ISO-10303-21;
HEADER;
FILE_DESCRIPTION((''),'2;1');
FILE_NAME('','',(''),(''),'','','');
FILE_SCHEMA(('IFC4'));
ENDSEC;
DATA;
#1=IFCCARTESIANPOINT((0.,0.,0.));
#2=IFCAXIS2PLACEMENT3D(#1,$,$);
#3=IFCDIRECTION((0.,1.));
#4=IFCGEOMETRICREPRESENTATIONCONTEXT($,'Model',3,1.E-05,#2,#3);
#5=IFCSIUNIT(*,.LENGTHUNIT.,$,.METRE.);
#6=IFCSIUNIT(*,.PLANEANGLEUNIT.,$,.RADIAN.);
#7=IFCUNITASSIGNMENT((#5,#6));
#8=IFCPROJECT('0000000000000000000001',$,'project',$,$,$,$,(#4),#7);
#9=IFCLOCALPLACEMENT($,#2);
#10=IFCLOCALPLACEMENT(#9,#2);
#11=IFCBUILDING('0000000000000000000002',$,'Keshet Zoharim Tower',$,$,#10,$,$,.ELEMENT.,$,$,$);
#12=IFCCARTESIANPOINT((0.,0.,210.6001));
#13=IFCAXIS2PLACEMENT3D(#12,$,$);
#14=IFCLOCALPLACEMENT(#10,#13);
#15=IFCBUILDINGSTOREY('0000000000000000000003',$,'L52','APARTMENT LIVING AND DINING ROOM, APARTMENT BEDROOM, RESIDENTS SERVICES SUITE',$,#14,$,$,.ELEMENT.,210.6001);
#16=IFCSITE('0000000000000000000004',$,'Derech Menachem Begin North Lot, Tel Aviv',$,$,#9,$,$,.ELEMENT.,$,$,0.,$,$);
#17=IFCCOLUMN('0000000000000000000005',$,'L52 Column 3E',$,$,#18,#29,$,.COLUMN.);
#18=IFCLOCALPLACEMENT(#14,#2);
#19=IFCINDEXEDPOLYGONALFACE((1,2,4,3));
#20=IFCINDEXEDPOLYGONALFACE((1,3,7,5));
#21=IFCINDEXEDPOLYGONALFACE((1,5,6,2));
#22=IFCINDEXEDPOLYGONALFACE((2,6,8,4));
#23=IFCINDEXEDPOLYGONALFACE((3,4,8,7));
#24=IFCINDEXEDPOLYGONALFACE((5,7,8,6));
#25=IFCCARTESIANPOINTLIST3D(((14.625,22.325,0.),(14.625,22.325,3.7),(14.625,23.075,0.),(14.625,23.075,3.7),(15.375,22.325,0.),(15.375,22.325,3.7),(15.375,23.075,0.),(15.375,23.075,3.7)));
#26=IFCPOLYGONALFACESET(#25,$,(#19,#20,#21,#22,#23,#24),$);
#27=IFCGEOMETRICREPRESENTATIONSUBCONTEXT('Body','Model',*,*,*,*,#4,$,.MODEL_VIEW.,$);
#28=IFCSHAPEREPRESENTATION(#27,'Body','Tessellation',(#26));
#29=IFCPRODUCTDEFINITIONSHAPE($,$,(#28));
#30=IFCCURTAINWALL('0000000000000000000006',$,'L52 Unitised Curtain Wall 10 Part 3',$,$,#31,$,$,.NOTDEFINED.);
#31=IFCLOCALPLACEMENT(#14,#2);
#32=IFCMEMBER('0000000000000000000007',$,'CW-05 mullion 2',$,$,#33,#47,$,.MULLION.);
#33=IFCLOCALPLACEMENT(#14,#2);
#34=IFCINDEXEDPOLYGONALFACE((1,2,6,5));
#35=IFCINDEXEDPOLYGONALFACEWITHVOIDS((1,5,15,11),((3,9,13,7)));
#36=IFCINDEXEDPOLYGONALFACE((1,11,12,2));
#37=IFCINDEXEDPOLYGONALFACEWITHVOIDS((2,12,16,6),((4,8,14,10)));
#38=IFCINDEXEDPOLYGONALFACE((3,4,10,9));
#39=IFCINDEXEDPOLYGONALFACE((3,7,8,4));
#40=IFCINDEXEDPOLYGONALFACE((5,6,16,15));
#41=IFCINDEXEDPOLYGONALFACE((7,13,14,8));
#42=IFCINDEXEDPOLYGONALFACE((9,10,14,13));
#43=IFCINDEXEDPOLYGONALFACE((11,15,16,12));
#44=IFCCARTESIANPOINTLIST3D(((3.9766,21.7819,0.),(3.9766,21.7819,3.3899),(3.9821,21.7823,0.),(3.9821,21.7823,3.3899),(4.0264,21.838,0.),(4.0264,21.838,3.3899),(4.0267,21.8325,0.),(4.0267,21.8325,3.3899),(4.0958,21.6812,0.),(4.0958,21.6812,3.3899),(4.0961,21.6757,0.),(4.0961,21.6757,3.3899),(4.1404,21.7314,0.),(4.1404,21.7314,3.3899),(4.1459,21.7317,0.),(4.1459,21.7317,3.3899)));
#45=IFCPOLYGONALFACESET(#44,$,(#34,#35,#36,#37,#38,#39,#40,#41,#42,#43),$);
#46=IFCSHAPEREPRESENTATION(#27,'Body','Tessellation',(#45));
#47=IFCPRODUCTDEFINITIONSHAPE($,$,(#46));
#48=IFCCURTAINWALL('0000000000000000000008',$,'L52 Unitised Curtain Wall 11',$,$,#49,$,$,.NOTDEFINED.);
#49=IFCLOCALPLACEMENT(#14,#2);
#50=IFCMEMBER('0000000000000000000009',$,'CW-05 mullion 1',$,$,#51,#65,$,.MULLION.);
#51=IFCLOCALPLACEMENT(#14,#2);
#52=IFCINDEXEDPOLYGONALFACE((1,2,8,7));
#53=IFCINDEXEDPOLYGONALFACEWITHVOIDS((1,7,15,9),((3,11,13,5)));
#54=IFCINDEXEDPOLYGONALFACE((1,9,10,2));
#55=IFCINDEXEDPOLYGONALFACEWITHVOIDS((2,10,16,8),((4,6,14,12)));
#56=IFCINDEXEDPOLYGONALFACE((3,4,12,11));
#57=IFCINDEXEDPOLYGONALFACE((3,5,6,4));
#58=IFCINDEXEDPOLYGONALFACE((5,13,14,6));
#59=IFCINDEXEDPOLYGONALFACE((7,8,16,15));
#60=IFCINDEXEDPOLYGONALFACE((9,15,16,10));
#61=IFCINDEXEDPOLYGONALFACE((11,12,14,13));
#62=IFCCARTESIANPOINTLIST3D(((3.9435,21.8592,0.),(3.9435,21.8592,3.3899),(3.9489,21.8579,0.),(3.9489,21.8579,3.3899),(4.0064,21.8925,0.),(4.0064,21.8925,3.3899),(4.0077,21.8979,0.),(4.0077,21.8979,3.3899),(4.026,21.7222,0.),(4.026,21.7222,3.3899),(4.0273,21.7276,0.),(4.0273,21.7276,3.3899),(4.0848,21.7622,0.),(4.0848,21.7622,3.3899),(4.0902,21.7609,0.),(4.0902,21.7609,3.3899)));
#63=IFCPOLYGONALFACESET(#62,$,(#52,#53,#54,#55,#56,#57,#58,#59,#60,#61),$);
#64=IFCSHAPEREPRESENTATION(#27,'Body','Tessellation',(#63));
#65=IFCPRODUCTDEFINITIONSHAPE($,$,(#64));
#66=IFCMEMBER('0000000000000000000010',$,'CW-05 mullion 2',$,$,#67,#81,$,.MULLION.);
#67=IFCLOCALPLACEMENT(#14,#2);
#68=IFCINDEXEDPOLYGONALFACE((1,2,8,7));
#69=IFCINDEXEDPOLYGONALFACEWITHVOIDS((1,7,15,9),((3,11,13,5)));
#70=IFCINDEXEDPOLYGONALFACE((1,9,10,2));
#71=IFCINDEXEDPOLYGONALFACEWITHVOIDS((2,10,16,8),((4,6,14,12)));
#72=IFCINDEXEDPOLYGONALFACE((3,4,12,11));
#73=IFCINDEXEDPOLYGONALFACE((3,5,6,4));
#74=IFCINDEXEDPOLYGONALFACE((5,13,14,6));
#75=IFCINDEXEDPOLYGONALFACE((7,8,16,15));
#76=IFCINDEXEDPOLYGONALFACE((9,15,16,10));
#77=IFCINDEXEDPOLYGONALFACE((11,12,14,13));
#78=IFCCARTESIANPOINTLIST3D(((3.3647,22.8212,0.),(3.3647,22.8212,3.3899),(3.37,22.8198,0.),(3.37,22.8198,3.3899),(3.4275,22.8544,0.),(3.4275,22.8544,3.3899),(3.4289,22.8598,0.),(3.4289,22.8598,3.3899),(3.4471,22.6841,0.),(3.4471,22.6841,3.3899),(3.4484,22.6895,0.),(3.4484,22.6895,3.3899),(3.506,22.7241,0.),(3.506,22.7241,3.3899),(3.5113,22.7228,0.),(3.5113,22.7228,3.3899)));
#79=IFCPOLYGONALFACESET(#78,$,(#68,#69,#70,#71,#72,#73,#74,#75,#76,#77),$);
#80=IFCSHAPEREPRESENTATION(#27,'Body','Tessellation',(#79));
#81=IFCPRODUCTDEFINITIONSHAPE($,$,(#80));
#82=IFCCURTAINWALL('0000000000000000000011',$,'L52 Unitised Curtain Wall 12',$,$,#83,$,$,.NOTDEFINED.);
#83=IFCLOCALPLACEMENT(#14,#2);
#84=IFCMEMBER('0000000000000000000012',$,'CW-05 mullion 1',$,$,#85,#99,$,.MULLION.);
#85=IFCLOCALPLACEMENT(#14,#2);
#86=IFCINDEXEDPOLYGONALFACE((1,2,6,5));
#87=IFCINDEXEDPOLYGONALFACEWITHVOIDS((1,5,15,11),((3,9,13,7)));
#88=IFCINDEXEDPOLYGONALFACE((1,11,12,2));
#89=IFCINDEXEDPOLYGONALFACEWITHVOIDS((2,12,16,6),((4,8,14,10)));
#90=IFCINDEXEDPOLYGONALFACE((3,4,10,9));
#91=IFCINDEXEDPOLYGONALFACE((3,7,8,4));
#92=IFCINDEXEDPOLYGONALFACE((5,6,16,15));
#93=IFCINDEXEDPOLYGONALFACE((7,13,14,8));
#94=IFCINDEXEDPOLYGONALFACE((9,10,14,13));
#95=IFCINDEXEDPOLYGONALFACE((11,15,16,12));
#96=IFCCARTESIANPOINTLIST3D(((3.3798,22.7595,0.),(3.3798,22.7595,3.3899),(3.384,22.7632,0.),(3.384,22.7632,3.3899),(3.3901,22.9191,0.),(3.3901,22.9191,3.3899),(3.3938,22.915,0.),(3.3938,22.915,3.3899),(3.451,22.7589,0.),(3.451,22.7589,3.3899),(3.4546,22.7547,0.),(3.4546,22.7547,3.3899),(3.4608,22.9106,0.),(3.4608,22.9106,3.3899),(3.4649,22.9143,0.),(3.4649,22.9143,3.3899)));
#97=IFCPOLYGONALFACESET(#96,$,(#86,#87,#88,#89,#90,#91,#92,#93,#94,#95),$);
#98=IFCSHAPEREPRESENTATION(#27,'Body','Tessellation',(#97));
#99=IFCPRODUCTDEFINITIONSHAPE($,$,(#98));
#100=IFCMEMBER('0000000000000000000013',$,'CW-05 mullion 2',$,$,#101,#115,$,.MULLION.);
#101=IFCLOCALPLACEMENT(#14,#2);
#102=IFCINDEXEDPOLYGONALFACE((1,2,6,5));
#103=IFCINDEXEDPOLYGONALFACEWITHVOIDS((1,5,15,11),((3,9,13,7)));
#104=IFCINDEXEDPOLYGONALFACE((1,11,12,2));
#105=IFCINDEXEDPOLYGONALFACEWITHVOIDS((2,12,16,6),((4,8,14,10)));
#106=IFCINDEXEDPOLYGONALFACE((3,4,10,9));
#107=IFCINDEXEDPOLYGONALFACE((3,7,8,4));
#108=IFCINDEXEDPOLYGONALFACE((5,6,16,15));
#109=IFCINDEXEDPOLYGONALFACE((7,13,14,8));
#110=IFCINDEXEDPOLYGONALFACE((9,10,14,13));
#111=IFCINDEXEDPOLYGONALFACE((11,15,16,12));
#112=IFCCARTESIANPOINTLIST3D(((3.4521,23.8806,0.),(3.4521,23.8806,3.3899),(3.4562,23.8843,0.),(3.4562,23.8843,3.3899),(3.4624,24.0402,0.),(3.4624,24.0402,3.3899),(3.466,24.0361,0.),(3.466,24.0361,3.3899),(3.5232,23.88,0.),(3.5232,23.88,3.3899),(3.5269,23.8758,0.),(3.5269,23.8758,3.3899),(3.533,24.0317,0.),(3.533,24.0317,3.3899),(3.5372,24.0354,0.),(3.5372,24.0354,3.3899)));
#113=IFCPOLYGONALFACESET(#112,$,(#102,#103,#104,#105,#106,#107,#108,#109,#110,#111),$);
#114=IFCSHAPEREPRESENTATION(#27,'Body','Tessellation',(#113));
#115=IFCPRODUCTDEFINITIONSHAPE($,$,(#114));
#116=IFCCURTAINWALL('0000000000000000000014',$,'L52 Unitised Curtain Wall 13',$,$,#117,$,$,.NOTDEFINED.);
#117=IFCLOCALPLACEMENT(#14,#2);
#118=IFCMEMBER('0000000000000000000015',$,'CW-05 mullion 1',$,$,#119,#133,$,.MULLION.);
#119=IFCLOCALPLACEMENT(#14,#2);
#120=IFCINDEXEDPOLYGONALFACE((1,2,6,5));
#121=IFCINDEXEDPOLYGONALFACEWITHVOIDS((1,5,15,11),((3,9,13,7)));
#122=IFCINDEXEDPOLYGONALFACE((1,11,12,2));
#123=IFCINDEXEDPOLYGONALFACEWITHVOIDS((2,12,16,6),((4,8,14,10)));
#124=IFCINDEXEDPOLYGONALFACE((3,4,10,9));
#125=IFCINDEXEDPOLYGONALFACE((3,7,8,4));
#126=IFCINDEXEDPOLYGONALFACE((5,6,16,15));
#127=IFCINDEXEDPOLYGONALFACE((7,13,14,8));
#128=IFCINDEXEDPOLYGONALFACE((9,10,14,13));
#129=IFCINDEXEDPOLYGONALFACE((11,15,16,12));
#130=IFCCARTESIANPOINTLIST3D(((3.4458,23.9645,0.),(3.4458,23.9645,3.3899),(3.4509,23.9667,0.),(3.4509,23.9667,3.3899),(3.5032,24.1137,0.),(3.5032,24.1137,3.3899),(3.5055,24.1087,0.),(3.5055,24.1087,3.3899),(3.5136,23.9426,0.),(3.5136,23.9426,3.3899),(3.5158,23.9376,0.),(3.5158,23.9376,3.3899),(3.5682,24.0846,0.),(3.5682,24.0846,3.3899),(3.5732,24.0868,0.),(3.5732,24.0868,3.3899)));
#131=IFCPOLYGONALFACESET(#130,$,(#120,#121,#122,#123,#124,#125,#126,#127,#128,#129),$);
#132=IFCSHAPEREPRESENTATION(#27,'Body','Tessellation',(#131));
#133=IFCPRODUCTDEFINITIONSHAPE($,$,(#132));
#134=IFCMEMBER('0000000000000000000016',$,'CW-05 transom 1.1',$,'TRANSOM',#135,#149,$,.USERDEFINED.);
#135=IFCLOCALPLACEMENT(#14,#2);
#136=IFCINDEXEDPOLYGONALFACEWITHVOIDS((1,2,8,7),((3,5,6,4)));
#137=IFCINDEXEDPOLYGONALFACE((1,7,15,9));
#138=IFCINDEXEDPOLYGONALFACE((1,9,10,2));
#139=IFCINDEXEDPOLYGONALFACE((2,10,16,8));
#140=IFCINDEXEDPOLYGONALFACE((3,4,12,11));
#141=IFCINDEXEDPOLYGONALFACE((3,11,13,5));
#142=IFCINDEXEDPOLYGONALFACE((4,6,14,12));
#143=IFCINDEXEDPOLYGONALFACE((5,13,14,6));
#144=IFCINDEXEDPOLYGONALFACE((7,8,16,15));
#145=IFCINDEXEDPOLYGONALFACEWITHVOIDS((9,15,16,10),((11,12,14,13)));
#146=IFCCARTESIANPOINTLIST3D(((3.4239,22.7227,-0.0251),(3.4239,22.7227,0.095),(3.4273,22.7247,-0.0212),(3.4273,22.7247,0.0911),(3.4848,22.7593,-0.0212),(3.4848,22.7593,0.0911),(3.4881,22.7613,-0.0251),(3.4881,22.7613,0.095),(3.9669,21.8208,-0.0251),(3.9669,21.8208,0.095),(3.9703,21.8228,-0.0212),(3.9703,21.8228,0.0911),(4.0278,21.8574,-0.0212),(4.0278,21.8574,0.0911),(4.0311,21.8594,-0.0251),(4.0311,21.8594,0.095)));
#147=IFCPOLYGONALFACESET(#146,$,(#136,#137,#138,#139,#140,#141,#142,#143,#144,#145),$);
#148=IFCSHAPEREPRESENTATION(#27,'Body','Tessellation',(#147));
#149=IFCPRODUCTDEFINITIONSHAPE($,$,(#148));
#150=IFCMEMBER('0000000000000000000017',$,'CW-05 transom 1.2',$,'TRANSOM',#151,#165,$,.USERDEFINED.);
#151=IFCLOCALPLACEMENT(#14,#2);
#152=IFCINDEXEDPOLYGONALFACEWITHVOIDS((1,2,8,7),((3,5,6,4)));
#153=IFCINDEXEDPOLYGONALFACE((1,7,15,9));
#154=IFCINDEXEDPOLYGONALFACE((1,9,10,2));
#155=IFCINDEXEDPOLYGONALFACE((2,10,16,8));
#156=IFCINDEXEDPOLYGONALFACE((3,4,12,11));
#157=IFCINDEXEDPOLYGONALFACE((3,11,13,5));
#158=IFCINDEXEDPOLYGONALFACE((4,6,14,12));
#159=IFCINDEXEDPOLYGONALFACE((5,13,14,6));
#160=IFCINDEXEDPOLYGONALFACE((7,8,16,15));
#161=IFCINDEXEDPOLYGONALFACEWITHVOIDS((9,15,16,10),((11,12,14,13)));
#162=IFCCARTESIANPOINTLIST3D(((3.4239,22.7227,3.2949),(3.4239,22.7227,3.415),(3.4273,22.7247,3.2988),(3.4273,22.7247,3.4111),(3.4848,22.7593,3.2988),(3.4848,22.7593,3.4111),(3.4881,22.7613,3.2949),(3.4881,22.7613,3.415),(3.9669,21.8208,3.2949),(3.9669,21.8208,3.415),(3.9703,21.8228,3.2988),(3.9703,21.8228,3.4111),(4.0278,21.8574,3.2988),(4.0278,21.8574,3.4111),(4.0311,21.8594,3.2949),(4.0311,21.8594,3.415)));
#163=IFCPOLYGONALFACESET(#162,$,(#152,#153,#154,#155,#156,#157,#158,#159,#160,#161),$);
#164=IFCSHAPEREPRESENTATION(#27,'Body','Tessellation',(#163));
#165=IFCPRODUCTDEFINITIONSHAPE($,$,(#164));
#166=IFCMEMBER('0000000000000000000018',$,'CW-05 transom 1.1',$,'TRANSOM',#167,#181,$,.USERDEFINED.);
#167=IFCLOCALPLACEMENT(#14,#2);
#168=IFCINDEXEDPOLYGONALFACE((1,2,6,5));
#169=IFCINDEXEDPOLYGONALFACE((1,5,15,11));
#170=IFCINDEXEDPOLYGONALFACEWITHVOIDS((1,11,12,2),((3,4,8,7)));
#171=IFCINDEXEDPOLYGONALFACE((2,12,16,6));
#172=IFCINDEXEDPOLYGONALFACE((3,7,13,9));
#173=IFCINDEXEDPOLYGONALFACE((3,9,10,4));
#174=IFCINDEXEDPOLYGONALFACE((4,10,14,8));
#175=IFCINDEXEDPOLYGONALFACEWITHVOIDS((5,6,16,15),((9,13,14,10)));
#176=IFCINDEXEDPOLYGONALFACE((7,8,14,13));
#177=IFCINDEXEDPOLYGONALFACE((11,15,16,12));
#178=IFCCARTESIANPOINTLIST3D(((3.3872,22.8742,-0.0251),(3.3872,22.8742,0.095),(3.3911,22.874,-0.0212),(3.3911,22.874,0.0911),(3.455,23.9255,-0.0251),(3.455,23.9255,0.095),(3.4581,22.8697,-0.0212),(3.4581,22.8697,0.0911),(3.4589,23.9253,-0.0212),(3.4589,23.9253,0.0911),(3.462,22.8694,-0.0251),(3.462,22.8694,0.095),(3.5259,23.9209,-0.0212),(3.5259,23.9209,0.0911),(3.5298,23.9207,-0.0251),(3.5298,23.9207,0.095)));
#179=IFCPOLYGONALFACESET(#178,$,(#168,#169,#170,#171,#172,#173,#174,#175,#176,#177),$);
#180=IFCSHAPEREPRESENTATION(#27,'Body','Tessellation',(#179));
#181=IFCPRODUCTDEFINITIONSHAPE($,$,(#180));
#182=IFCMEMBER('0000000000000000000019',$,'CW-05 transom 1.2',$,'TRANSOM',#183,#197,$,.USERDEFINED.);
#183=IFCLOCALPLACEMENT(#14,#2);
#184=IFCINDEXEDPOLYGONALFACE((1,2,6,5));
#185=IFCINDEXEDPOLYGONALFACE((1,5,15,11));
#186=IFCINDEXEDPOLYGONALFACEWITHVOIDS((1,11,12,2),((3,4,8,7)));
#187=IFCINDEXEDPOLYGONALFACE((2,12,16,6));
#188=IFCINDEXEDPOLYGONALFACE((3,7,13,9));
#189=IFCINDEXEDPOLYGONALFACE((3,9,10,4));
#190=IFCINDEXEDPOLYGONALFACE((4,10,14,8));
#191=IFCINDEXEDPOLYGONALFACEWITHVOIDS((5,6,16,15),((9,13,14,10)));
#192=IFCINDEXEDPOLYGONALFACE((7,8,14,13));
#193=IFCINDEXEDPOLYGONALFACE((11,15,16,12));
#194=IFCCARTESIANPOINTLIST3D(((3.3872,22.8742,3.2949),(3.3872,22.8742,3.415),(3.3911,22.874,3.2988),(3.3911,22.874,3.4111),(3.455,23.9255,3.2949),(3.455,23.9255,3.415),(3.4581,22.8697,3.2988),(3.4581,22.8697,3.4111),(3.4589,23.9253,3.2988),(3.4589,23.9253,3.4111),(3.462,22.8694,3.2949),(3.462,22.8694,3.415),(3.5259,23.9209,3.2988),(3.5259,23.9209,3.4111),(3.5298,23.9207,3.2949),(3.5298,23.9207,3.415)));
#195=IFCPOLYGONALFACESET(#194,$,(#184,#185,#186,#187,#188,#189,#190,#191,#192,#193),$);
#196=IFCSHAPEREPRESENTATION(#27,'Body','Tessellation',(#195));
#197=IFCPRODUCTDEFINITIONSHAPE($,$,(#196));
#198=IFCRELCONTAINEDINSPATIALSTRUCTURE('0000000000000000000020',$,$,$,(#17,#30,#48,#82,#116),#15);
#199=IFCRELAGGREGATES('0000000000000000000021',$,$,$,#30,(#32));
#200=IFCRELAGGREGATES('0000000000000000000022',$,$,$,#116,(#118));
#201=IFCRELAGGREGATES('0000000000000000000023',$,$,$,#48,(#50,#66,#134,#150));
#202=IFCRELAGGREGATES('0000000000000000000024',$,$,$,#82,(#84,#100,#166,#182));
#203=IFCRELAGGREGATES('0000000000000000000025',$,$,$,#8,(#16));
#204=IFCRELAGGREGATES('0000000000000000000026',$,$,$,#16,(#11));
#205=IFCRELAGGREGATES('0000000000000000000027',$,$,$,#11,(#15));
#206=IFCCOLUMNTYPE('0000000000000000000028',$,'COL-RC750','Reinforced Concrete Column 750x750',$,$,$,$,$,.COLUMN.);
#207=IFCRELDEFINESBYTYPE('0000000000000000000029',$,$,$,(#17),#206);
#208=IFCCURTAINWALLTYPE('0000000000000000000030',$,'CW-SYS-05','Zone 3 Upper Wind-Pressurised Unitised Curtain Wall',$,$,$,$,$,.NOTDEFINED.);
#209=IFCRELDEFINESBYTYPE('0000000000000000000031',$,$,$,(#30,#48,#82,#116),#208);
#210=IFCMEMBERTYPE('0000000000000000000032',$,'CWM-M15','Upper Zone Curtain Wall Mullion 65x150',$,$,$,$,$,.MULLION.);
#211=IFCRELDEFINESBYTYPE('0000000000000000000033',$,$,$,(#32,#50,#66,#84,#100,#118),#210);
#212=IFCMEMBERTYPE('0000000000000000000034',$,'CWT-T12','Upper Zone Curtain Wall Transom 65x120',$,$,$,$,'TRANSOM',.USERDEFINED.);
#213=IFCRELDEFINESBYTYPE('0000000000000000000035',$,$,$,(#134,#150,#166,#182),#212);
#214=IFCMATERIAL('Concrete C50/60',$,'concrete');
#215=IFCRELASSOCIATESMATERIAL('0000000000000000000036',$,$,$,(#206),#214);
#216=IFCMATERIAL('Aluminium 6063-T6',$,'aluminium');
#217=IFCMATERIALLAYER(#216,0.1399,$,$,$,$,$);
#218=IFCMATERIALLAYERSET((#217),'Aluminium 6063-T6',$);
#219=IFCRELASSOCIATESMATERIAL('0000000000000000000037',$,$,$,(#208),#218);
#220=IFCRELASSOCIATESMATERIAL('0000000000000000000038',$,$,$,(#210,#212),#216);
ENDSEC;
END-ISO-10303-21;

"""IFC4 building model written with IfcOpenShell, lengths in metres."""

from ifc_helpers import new_model, si_unit, direction, frame, origin, origin_2d, place, context, subcontext, project, spatial, rectangle, hollow_rectangle, extrude, material, layer, layer_set, material_profile, profile_set, type_object, element, aggregate, save


model = new_model("IFC4")

# Units and contexts
model_context = context("Model", 3, precision=1e-05, world=origin(), true_north=direction((0.0, 1.0)))
body_context = subcontext(model_context, "Body", "Model", "MODEL_VIEW")
ifc_project = project(units=[si_unit("LENGTHUNIT", "METRE"), si_unit("PLANEANGLEUNIT", "RADIAN")], contexts=[model_context])

# Site, building, storey
site_placement = place(None, origin())
site = spatial("IfcSite", under=ifc_project, at=site_placement, Name="Derech Menachem Begin North Lot, Tel Aviv", CompositionType="ELEMENT", RefElevation=0.0)
building_placement = place(site_placement, origin())
building = spatial("IfcBuilding", under=site, at=building_placement, Name="Keshet Zoharim Tower", CompositionType="ELEMENT")
storey_placement = place(building_placement, frame((0.0, 0.0, 210.6001)))
storey = spatial("IfcBuildingStorey", under=building, at=storey_placement, Name="L52", Description="APARTMENT LIVING AND DINING ROOM, APARTMENT BEDROOM, RESIDENTS SERVICES SUITE", CompositionType="ELEMENT", Elevation=210.6001)

# Column
ifc_material_1 = material(Name="Concrete C50/60", Category="concrete")
ifc_material_profile_1 = material_profile(ifc_material_1, rectangle(XDim=0.75, YDim=0.75, at=origin_2d()), Name="RC750x750")
ifc_profile_set_1 = profile_set([ifc_material_profile_1], Name="Concrete C50/60")
column_type = type_object("IfcColumnType", Name="COL-RC750", Description="Reinforced Concrete Column 750x750", PredefinedType="COLUMN", material=ifc_profile_set_1)
column_placement = place(storey_placement, frame((15.0, 22.7, 0.0), z_axis=(0.0, 0.0, 1.0), x_axis=(1.0, 0.0, 0.0)))
element("IfcColumn", 1, at=column_placement, inside=storey, type_object=column_type, Name="L52 Column 3E", PredefinedType="COLUMN", context=body_context, shape_type="SweptSolid", body=[
    extrude(rectangle(XDim=0.75, YDim=0.75, at=origin_2d()), origin(), (0.0, 0.0, 1.0), 3.7),
])

# Curtain wall, member
ifc_material_2 = material(Name="Aluminium 6063-T6", Category="aluminium")
ifc_layer_1 = layer(ifc_material_2, 0.1399)
ifc_layer_set_1 = layer_set([ifc_layer_1], Name="Aluminium 6063-T6")
curtain_wall_type = type_object("IfcCurtainWallType", Name="CW-SYS-05", Description="Zone 3 Upper Wind-Pressurised Unitised Curtain Wall", PredefinedType="NOTDEFINED", material=ifc_layer_set_1)
curtain_wall_1_placement = place(storey_placement, origin())
curtain_wall_1 = element("IfcCurtainWall", 2, at=curtain_wall_1_placement, inside=storey, type_object=curtain_wall_type, Name="L52 Unitised Curtain Wall 10 Part 3", PredefinedType="NOTDEFINED")
ifc_material_profile_2 = material_profile(ifc_material_2, hollow_rectangle(XDim=0.075, YDim=0.1599, WallThickness=0.0039, at=origin_2d()), Name="MUL-75x160")
ifc_profile_set_2 = profile_set([ifc_material_profile_2], Name="Aluminium 6063-T6")
member_type_1 = type_object("IfcMemberType", Name="CWM-M15", Description="Upper Zone Curtain Wall Mullion 65x150", PredefinedType="MULLION", material=ifc_profile_set_2)
member_1_placement = place(storey_placement, frame((4.0613, 21.7568, 0.0), z_axis=(0.0, 0.0, 1.0), x_axis=(-0.664367, -0.747407, 0.0)))
member_1 = element("IfcMember", 3, at=member_1_placement, type_object=member_type_1, Name="CW-05 mullion 2", PredefinedType="MULLION", context=body_context, shape_type="SweptSolid", body=[
    extrude(hollow_rectangle(XDim=0.075, YDim=0.1599, WallThickness=0.0039, at=origin_2d()), origin(), (0.0, 0.0, 1.0), 3.3899),
])
aggregate(curtain_wall_1, [member_1])

# Curtain walls, members
curtain_wall_2_placement = place(storey_placement, origin())
curtain_wall_2 = element("IfcCurtainWall", 4, at=curtain_wall_2_placement, inside=storey, type_object=curtain_wall_type, Name="L52 Unitised Curtain Wall 11", PredefinedType="NOTDEFINED")
member_2_placement = place(storey_placement, frame((4.0168, 21.8101, 0.0), z_axis=(0.0, 0.0, 1.0), x_axis=(-0.856826, -0.515605, 0.0)))
member_2 = element("IfcMember", 5, at=member_2_placement, type_object=member_type_1, Name="CW-05 mullion 1", PredefinedType="MULLION", context=body_context, shape_type="SweptSolid", body=[
    extrude(hollow_rectangle(XDim=0.075, YDim=0.1599, WallThickness=0.0039, at=origin_2d()), origin(), (0.0, 0.0, 1.0), 3.3899),
])
member_3_placement = place(storey_placement, frame((3.438, 22.772, 0.0), z_axis=(0.0, 0.0, 1.0), x_axis=(-0.856826, -0.515605, 0.0)))
member_3 = element("IfcMember", 6, at=member_3_placement, type_object=member_type_1, Name="CW-05 mullion 2", PredefinedType="MULLION", context=body_context, shape_type="SweptSolid", body=[
    extrude(hollow_rectangle(XDim=0.075, YDim=0.1599, WallThickness=0.0039, at=origin_2d()), origin(), (0.0, 0.0, 1.0), 3.3899),
])
curtain_wall_3_placement = place(storey_placement, origin())
curtain_wall_3 = element("IfcCurtainWall", 7, at=curtain_wall_3_placement, inside=storey, type_object=curtain_wall_type, Name="L52 Unitised Curtain Wall 12", PredefinedType="NOTDEFINED")
member_4_placement = place(storey_placement, frame((3.4224, 22.8369, 0.0), z_axis=(0.0, 0.0, 1.0), x_axis=(-0.997917, 0.064517, 0.0)))
member_4 = element("IfcMember", 8, at=member_4_placement, type_object=member_type_1, Name="CW-05 mullion 1", PredefinedType="MULLION", context=body_context, shape_type="SweptSolid", body=[
    extrude(hollow_rectangle(XDim=0.075, YDim=0.1599, WallThickness=0.0039, at=origin_2d()), origin(), (0.0, 0.0, 1.0), 3.3899),
])
member_5_placement = place(storey_placement, frame((3.4946, 23.958, 0.0), z_axis=(0.0, 0.0, 1.0), x_axis=(-0.997917, 0.064517, 0.0)))
member_5 = element("IfcMember", 9, at=member_5_placement, type_object=member_type_1, Name="CW-05 mullion 2", PredefinedType="MULLION", context=body_context, shape_type="SweptSolid", body=[
    extrude(hollow_rectangle(XDim=0.075, YDim=0.1599, WallThickness=0.0039, at=origin_2d()), origin(), (0.0, 0.0, 1.0), 3.3899),
])

# Curtain wall, member
curtain_wall_4_placement = place(storey_placement, origin())
curtain_wall_4 = element("IfcCurtainWall", 10, at=curtain_wall_4_placement, inside=storey, type_object=curtain_wall_type, Name="L52 Unitised Curtain Wall 13", PredefinedType="NOTDEFINED")
member_6_placement = place(storey_placement, frame((3.5095, 24.0256, 0.0), z_axis=(0.0, 0.0, 1.0), x_axis=(-0.933341, 0.35899, 0.0)))
member_6 = element("IfcMember", 11, at=member_6_placement, type_object=member_type_1, Name="CW-05 mullion 1", PredefinedType="MULLION", context=body_context, shape_type="SweptSolid", body=[
    extrude(hollow_rectangle(XDim=0.075, YDim=0.1599, WallThickness=0.0039, at=origin_2d()), origin(), (0.0, 0.0, 1.0), 3.3899),
])

# Members
ifc_material_profile_3 = material_profile(ifc_material_2, hollow_rectangle(XDim=0.075, YDim=0.1201, WallThickness=0.0039, at=origin_2d()), Name="TRN-75x120")
ifc_profile_set_3 = profile_set([ifc_material_profile_3], Name="Aluminium 6063-T6")
member_type_2 = type_object("IfcMemberType", Name="CWT-T12", Description="Upper Zone Curtain Wall Transom 65x120", ElementType="TRANSOM", PredefinedType="USERDEFINED", material=ifc_profile_set_3)
member_7_placement = place(storey_placement, frame((3.999, 21.8401, 0.0349), z_axis=(-0.515791, 0.856714, 0.0), x_axis=(-0.856714, -0.515791, 0.0)))
member_7 = element("IfcMember", 12, at=member_7_placement, type_object=member_type_2, Name="CW-05 transom 1.1", ObjectType="TRANSOM", PredefinedType="USERDEFINED", context=body_context, shape_type="SweptSolid", body=[
    extrude(hollow_rectangle(XDim=0.075, YDim=0.1201, WallThickness=0.0039, at=origin_2d()), origin(), (0.0, 0.0, 1.0), 1.0527),
])
member_8_placement = place(storey_placement, frame((3.999, 21.8401, 3.355), z_axis=(-0.515791, 0.856714, 0.0), x_axis=(-0.856714, -0.515791, 0.0)))
member_8 = element("IfcMember", 13, at=member_8_placement, type_object=member_type_2, Name="CW-05 transom 1.2", ObjectType="TRANSOM", PredefinedType="USERDEFINED", context=body_context, shape_type="SweptSolid", body=[
    extrude(hollow_rectangle(XDim=0.075, YDim=0.1201, WallThickness=0.0039, at=origin_2d()), origin(), (0.0, 0.0, 1.0), 1.0527),
])
member_9_placement = place(storey_placement, frame((3.4246, 22.8718, 0.0349), z_axis=(0.064427, 0.997922, 0.0), x_axis=(-0.997922, 0.064427, 0.0)))
member_9 = element("IfcMember", 14, at=member_9_placement, type_object=member_type_2, Name="CW-05 transom 1.1", ObjectType="TRANSOM", PredefinedType="USERDEFINED", context=body_context, shape_type="SweptSolid", body=[
    extrude(hollow_rectangle(XDim=0.075, YDim=0.1201, WallThickness=0.0039, at=origin_2d()), origin(), (0.0, 0.0, 1.0), 1.0535),
])
member_10_placement = place(storey_placement, frame((3.4246, 22.8718, 3.355), z_axis=(0.064427, 0.997922, 0.0), x_axis=(-0.997922, 0.064427, 0.0)))
member_10 = element("IfcMember", 15, at=member_10_placement, type_object=member_type_2, Name="CW-05 transom 1.2", ObjectType="TRANSOM", PredefinedType="USERDEFINED", context=body_context, shape_type="SweptSolid", body=[
    extrude(hollow_rectangle(XDim=0.075, YDim=0.1201, WallThickness=0.0039, at=origin_2d()), origin(), (0.0, 0.0, 1.0), 1.0535),
])
aggregate(curtain_wall_4, [member_6])

aggregate(curtain_wall_2, [member_2, member_3, member_7, member_8])
aggregate(curtain_wall_3, [member_4, member_5, member_9, member_10])

save(model, "model.ifc")
